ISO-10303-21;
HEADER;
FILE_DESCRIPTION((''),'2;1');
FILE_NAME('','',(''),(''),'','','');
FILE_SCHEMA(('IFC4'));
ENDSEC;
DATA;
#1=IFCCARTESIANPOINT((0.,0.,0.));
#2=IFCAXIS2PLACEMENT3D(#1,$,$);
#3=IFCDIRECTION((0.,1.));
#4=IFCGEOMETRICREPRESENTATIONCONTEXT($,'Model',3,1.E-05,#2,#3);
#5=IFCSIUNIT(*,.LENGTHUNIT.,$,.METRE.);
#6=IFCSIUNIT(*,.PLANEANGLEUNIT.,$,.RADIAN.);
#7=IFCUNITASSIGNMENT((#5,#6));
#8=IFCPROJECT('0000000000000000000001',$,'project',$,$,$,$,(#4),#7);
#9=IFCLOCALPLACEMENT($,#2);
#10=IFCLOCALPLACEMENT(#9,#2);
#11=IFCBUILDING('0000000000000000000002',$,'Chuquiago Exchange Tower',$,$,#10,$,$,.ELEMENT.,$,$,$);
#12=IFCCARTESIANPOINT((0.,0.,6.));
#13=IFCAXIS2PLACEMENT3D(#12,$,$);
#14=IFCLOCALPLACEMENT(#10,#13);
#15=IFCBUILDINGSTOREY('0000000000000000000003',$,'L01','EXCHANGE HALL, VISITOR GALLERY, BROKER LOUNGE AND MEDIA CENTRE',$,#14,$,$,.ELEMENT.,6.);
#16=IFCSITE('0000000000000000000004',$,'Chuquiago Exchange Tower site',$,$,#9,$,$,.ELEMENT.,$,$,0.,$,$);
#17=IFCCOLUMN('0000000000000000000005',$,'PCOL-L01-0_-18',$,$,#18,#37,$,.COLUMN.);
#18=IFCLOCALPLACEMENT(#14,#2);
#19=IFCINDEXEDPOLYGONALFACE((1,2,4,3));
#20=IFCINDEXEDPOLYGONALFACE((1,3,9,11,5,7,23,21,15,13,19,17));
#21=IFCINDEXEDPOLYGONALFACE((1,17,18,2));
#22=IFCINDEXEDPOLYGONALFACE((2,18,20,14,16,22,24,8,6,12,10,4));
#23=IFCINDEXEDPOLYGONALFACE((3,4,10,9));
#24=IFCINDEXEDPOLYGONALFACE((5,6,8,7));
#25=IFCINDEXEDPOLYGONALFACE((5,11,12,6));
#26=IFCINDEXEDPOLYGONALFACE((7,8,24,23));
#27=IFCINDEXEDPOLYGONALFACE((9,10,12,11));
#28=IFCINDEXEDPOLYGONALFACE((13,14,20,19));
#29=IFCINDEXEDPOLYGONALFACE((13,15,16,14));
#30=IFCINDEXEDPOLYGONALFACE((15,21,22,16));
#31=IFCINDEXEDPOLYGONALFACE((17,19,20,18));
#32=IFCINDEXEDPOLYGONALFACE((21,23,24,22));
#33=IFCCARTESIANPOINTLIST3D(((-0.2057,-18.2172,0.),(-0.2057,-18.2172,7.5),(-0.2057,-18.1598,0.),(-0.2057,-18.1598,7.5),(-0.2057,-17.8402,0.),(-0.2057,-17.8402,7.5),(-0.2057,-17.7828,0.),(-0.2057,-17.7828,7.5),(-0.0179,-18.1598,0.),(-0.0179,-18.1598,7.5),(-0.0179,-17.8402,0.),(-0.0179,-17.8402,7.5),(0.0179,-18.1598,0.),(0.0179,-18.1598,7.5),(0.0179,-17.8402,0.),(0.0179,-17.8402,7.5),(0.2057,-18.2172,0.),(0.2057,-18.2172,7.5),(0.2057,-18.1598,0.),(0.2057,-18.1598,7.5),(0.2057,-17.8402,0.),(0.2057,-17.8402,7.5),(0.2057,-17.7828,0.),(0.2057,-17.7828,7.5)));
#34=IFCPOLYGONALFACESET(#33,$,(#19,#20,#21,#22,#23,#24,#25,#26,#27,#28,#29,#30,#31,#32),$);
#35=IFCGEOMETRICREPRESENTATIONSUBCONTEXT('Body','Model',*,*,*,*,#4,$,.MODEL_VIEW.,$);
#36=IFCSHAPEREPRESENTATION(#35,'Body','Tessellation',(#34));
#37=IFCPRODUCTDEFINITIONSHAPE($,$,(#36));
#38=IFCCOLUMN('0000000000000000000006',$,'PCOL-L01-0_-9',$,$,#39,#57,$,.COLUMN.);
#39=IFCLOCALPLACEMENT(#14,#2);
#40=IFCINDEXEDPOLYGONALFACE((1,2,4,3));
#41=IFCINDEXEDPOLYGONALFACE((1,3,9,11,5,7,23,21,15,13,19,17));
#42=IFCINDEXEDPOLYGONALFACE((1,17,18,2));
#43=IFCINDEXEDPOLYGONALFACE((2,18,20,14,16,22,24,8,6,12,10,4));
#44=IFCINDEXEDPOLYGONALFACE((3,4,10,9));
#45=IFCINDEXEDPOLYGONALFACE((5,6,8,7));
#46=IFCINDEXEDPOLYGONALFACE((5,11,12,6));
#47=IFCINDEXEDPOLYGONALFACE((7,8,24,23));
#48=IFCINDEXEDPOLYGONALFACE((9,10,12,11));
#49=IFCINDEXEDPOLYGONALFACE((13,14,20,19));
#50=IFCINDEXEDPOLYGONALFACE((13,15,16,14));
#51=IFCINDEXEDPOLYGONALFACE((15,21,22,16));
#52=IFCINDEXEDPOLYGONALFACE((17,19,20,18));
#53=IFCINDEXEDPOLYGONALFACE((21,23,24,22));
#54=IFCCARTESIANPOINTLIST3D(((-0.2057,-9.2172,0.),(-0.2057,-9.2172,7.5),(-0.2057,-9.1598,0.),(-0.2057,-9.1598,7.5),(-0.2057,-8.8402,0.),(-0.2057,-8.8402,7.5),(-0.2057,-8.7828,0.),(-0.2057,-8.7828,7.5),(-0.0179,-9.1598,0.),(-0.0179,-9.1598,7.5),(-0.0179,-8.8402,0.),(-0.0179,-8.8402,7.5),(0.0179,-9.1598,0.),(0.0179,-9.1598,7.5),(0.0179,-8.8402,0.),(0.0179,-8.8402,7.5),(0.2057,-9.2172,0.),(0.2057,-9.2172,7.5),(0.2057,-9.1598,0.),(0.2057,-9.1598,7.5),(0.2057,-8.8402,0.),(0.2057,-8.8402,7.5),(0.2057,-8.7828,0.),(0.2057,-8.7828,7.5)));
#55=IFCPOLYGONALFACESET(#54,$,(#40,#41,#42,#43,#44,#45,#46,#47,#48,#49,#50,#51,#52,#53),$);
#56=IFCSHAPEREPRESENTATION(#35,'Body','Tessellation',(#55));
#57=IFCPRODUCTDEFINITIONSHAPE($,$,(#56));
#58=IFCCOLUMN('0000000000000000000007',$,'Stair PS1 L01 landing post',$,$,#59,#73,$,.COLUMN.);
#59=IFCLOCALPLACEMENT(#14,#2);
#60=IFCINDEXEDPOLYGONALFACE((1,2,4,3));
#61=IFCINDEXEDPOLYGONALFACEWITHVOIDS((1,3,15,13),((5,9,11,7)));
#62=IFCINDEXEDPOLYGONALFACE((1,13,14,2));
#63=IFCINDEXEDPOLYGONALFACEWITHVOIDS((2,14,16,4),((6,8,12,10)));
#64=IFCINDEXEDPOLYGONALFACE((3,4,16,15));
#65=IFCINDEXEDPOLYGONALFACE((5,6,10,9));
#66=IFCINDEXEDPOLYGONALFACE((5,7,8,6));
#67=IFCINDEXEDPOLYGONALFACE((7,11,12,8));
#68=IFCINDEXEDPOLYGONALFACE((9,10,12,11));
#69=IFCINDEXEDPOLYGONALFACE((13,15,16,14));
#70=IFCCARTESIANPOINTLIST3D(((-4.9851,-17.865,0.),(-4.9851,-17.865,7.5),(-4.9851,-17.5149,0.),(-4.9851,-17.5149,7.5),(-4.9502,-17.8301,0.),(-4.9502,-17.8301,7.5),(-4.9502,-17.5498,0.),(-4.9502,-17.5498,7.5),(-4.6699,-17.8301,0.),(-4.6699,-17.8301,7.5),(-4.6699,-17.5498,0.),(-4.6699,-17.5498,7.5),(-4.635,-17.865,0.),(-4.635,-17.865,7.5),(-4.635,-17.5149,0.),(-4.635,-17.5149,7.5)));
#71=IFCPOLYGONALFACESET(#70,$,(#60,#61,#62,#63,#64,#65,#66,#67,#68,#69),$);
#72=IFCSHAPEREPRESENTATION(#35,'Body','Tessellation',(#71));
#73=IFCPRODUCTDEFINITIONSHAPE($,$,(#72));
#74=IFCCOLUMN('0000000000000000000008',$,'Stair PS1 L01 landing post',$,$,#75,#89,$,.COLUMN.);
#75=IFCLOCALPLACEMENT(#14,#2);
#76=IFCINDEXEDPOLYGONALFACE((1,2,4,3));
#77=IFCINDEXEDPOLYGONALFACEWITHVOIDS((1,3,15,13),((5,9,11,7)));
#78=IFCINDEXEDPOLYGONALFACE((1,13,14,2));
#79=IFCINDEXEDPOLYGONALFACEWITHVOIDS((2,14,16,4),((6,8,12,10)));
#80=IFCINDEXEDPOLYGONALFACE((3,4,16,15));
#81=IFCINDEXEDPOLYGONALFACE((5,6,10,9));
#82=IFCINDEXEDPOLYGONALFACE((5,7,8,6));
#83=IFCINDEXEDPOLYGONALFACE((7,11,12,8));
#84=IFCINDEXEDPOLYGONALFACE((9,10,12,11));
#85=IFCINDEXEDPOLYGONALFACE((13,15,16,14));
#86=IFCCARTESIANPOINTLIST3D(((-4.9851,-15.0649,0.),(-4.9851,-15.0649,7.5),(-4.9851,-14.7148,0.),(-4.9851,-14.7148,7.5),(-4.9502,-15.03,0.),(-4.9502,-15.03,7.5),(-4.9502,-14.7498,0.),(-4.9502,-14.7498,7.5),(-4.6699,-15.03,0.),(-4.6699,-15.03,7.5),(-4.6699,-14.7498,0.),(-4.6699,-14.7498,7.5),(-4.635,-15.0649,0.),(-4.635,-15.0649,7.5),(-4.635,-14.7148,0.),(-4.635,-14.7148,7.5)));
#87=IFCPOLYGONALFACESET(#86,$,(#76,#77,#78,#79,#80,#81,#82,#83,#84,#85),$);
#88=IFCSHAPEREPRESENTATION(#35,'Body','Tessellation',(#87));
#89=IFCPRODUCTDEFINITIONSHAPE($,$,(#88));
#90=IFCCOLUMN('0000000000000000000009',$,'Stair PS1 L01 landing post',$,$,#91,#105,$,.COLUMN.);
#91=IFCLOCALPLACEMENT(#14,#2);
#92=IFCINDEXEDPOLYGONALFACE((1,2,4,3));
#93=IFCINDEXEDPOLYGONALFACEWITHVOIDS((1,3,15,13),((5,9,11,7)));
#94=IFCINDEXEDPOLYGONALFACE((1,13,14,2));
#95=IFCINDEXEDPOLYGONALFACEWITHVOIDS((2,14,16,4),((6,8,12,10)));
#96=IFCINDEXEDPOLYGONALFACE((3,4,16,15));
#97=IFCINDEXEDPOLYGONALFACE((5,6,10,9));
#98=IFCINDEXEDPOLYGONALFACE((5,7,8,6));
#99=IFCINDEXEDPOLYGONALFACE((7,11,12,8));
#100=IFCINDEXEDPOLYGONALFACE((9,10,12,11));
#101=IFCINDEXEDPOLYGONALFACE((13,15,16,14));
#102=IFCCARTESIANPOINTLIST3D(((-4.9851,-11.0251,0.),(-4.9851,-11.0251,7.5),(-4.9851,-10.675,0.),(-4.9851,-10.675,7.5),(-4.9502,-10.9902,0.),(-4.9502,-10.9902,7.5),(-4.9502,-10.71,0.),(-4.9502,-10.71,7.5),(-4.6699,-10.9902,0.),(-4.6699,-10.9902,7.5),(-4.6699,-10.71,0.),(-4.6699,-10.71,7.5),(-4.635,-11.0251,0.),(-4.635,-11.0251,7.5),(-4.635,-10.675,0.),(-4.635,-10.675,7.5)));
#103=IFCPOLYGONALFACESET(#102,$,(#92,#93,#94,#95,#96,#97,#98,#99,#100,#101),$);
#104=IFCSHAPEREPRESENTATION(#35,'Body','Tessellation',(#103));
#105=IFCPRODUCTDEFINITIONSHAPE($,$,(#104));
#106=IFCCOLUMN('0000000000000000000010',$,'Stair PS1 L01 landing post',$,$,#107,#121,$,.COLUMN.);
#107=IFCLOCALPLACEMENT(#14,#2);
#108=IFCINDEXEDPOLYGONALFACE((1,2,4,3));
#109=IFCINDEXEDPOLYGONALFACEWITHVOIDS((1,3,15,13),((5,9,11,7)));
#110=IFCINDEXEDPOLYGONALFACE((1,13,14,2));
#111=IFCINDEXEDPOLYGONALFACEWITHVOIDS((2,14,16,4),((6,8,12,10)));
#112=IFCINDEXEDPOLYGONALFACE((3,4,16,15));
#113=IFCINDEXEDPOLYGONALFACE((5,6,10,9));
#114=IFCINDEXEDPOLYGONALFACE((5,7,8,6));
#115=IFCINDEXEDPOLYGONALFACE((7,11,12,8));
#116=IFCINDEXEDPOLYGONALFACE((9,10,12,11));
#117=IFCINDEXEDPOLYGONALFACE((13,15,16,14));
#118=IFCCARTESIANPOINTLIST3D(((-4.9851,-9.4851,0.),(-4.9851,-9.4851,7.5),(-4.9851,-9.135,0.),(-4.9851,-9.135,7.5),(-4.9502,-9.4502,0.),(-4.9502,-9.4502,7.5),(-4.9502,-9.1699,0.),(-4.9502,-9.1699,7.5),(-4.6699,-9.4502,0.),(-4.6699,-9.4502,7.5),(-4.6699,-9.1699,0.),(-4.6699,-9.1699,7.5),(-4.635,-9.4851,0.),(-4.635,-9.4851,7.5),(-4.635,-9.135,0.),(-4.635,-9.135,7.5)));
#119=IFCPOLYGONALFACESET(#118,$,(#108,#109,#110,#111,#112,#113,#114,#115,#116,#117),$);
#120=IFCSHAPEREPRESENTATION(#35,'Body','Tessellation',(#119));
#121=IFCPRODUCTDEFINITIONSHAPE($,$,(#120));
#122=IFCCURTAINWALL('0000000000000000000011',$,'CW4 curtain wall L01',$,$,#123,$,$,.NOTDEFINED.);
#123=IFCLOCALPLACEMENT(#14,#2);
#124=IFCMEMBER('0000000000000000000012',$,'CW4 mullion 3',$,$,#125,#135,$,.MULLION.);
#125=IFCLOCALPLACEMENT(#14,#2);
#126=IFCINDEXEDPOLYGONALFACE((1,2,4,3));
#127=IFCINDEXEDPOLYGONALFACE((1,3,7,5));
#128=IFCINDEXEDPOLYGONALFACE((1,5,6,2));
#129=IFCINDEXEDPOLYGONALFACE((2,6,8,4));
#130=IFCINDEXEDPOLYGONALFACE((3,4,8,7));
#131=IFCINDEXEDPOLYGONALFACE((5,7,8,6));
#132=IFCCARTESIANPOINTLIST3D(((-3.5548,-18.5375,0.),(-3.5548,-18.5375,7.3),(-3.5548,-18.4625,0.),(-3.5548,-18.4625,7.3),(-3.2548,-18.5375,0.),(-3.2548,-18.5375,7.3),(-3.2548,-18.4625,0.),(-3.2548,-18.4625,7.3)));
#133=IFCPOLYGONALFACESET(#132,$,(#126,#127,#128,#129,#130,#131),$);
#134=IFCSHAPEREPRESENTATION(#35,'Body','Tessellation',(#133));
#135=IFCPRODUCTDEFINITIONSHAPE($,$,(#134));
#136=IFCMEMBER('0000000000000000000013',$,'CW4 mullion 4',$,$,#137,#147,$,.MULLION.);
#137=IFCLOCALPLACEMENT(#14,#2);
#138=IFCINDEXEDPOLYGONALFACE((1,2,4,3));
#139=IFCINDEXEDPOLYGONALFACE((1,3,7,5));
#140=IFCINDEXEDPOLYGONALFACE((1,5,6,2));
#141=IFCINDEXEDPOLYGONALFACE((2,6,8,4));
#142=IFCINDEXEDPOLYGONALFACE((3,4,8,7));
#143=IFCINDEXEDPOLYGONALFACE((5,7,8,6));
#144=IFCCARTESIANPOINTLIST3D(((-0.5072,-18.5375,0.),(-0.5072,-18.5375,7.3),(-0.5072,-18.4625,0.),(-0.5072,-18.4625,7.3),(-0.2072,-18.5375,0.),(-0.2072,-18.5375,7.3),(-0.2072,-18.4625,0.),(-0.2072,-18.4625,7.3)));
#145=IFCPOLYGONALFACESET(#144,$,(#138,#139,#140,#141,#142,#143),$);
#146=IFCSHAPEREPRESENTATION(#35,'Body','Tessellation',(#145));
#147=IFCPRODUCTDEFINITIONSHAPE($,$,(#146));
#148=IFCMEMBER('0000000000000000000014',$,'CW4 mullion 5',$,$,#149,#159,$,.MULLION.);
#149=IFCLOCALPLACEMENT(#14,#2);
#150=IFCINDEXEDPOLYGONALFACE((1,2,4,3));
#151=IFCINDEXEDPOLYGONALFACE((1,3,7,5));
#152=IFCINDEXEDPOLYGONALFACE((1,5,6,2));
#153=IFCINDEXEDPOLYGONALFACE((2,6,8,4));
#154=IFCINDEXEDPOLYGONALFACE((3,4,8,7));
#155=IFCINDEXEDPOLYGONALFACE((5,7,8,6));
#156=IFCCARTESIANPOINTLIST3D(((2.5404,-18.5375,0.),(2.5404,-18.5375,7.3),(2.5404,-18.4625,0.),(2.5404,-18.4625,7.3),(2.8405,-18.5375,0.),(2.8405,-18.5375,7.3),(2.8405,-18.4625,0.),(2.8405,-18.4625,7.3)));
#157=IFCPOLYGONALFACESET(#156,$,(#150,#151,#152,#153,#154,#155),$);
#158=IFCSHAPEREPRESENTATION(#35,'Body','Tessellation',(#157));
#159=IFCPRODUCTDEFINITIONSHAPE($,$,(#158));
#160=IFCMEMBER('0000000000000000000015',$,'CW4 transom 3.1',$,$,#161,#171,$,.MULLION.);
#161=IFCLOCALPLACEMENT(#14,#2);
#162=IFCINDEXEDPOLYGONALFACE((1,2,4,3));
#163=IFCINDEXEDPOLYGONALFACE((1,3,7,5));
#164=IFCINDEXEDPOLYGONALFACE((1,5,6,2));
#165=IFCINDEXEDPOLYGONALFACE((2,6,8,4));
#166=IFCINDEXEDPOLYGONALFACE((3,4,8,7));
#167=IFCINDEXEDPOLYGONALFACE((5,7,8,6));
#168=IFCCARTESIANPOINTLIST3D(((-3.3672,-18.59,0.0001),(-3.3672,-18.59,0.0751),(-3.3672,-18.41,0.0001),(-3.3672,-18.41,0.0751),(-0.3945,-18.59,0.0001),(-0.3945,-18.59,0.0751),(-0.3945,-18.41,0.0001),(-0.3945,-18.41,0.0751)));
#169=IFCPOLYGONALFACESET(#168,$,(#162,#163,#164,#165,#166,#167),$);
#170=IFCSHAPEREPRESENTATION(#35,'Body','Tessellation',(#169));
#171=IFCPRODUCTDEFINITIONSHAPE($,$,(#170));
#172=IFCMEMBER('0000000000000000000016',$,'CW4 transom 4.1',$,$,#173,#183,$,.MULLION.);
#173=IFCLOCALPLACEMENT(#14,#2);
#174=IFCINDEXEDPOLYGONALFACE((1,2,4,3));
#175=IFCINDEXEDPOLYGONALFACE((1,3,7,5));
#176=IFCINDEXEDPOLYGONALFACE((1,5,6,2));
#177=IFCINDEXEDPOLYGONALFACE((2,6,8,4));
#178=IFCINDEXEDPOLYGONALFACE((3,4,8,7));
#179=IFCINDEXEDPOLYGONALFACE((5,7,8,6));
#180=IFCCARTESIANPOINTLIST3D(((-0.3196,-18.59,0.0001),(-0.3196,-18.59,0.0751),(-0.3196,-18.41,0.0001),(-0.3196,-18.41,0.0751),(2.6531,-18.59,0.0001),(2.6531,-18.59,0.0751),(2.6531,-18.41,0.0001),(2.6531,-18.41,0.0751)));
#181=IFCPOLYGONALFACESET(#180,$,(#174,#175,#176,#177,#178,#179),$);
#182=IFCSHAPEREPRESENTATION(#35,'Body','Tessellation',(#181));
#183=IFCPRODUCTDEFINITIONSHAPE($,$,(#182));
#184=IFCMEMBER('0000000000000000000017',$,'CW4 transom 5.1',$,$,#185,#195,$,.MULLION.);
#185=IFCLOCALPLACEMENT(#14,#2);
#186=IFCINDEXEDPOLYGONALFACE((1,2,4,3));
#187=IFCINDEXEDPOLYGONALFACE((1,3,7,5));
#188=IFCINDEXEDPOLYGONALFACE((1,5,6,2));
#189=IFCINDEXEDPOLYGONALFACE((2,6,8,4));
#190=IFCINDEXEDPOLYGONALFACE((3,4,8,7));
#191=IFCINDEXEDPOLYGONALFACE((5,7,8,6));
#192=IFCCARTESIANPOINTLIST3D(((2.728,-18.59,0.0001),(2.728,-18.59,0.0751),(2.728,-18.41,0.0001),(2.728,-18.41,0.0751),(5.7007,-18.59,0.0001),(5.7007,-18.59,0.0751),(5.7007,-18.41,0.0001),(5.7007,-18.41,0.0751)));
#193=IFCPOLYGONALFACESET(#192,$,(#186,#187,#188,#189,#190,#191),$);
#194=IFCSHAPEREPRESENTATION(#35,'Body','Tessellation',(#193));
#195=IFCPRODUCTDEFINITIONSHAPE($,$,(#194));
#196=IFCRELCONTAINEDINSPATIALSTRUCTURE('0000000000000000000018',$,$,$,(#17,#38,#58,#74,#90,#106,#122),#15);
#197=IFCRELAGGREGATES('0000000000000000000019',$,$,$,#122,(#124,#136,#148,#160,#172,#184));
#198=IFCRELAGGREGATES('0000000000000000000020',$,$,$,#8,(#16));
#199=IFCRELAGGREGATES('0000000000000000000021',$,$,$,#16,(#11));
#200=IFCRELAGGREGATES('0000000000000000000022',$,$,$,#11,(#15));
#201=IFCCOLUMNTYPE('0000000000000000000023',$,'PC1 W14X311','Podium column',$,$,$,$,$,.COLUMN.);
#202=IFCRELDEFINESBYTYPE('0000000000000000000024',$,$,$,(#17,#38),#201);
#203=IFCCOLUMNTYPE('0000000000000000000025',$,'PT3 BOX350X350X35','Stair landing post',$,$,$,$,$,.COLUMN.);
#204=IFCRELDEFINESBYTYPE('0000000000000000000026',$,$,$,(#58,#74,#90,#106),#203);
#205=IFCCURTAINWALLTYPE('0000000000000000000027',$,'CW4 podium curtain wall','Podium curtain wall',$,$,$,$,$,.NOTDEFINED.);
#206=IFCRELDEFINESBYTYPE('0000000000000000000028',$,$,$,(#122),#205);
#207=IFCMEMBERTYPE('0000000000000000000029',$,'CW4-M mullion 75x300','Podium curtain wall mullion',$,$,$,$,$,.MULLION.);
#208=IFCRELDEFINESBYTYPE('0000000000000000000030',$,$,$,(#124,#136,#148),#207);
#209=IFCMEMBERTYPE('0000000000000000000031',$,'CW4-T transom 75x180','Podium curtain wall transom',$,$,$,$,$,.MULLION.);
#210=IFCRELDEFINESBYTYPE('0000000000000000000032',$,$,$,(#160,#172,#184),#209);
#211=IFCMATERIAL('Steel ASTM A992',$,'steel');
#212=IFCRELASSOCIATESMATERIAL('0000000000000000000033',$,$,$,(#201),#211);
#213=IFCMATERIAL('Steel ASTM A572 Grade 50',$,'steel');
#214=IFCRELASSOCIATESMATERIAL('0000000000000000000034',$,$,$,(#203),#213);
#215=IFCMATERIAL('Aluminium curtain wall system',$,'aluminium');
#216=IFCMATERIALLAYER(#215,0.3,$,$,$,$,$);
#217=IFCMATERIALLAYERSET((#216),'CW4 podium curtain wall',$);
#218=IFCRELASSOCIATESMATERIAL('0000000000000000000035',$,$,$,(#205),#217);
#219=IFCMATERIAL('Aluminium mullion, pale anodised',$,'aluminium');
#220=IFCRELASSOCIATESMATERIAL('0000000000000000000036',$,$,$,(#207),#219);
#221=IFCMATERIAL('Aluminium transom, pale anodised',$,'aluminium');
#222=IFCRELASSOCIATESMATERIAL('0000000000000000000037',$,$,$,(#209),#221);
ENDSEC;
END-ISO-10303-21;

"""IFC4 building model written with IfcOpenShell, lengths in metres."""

from ifc_helpers import new_model, si_unit, direction, frame, origin, origin_2d, place, context, subcontext, project, spatial, rectangle, hollow_rectangle, i_section, extrude, material, layer, layer_set, material_profile, profile_set, type_object, element, aggregate, save


model = new_model("IFC4")

# Units and contexts
model_context = context("Model", 3, precision=1e-05, world=origin(), true_north=direction((0.0, 1.0)))
body_context = subcontext(model_context, "Body", "Model", "MODEL_VIEW")
ifc_project = project(units=[si_unit("LENGTHUNIT", "METRE"), si_unit("PLANEANGLEUNIT", "RADIAN")], contexts=[model_context])

# Site, building, storey
site_placement = place(None, origin())
site = spatial("IfcSite", under=ifc_project, at=site_placement, Name="Chuquiago Exchange Tower site", CompositionType="ELEMENT", RefElevation=0.0)
building_placement = place(site_placement, origin())
building = spatial("IfcBuilding", under=site, at=building_placement, Name="Chuquiago Exchange Tower", CompositionType="ELEMENT")
storey_placement = place(building_placement, frame((0.0, 0.0, 6.0)))
storey = spatial("IfcBuildingStorey", under=building, at=storey_placement, Name="L01", Description="EXCHANGE HALL, VISITOR GALLERY, BROKER LOUNGE AND MEDIA CENTRE", CompositionType="ELEMENT", Elevation=6.0)

# Columns
ifc_material_1 = material(Name="Steel ASTM A992", Category="steel")
ifc_material_profile_1 = material_profile(ifc_material_1, i_section(OverallWidth=0.4114, OverallDepth=0.4343, WebThickness=0.0359, FlangeThickness=0.0574, at=origin_2d()), Name="W14X311")
ifc_profile_set_1 = profile_set([ifc_material_profile_1], Name="Steel ASTM A992")
column_type_1 = type_object("IfcColumnType", Name="PC1 W14X311", Description="Podium column", PredefinedType="COLUMN", material=ifc_profile_set_1)
for number, where, z_axis, x_axis, name in (
    (1, (0.0, -18.0, 0.0), (0.0, 0.0, 1.0), (1.0, 0.0, 0.0), "PCOL-L01-0_-18"),
    (2, (0.0, -9.0, 0.0), (0.0, 0.0, 1.0), (1.0, 0.0, 0.0), "PCOL-L01-0_-9"),
):
    element("IfcColumn", number, at=place(storey_placement, frame(where, z_axis=z_axis, x_axis=x_axis)), inside=storey, type_object=column_type_1, Name=name, PredefinedType="COLUMN", context=body_context, shape_type="SweptSolid", body=[
        extrude(i_section(OverallWidth=0.4114, OverallDepth=0.4343, WebThickness=0.0359, FlangeThickness=0.0574, at=origin_2d()), origin(), (0.0, 0.0, 1.0), 7.5),
    ])
ifc_material_2 = material(Name="Steel ASTM A572 Grade 50", Category="steel")
ifc_material_profile_2 = material_profile(ifc_material_2, hollow_rectangle(XDim=0.3501, YDim=0.3501, WallThickness=0.0349, at=origin_2d()), Name="BOX350X350X35")
ifc_profile_set_2 = profile_set([ifc_material_profile_2], Name="Steel ASTM A572 Grade 50")
column_type_2 = type_object("IfcColumnType", Name="PT3 BOX350X350X35", Description="Stair landing post", PredefinedType="COLUMN", material=ifc_profile_set_2)
for number, where, z_axis, x_axis, name in (
    (3, (-4.8101, -17.6899, 0.0), (0.0, 0.0, 1.0), (1.0, 0.0, 0.0), "Stair PS1 L01 landing post"),
    (4, (-4.8101, -14.8899, 0.0), (0.0, 0.0, 1.0), (1.0, 0.0, 0.0), "Stair PS1 L01 landing post"),
    (5, (-4.8101, -10.8501, 0.0), (0.0, 0.0, 1.0), (1.0, 0.0, 0.0), "Stair PS1 L01 landing post"),
    (6, (-4.8101, -9.3101, 0.0), (0.0, 0.0, 1.0), (1.0, 0.0, 0.0), "Stair PS1 L01 landing post"),
):
    element("IfcColumn", number, at=place(storey_placement, frame(where, z_axis=z_axis, x_axis=x_axis)), inside=storey, type_object=column_type_2, Name=name, PredefinedType="COLUMN", context=body_context, shape_type="SweptSolid", body=[
        extrude(hollow_rectangle(XDim=0.3501, YDim=0.3501, WallThickness=0.0349, at=origin_2d()), origin(), (0.0, 0.0, 1.0), 7.5),
    ])

# Curtain wall, members
ifc_material_3 = material(Name="Aluminium curtain wall system", Category="aluminium")
ifc_layer_1 = layer(ifc_material_3, 0.3)
ifc_layer_set_1 = layer_set([ifc_layer_1], Name="CW4 podium curtain wall")
curtain_wall_type = type_object("IfcCurtainWallType", Name="CW4 podium curtain wall", Description="Podium curtain wall", PredefinedType="NOTDEFINED", material=ifc_layer_set_1)
curtain_wall_placement = place(storey_placement, origin())
curtain_wall = element("IfcCurtainWall", 7, at=curtain_wall_placement, inside=storey, type_object=curtain_wall_type, Name="CW4 curtain wall L01", PredefinedType="NOTDEFINED")
ifc_material_4 = material(Name="Aluminium mullion, pale anodised", Category="aluminium")
ifc_material_profile_3 = material_profile(ifc_material_4, rectangle(XDim=0.075, YDim=0.3, at=origin_2d()), Name="AL 75x300")
ifc_profile_set_3 = profile_set([ifc_material_profile_3], Name="Aluminium mullion, pale anodised")
member_type_1 = type_object("IfcMemberType", Name="CW4-M mullion 75x300", Description="Podium curtain wall mullion", PredefinedType="MULLION", material=ifc_profile_set_3)
member_1_placement = place(storey_placement, frame((-3.4048, -18.5, 0.0), z_axis=(0.0, 0.0, 1.0), x_axis=(0.0, 1.0, 0.0)))
member_1 = element("IfcMember", 8, at=member_1_placement, type_object=member_type_1, Name="CW4 mullion 3", PredefinedType="MULLION", context=body_context, shape_type="SweptSolid", body=[
    extrude(rectangle(XDim=0.075, YDim=0.3, at=origin_2d()), origin(), (0.0, 0.0, 1.0), 7.3),
])
member_2_placement = place(storey_placement, frame((-0.3572, -18.5, 0.0), z_axis=(0.0, 0.0, 1.0), x_axis=(0.0, 1.0, 0.0)))
member_2 = element("IfcMember", 9, at=member_2_placement, type_object=member_type_1, Name="CW4 mullion 4", PredefinedType="MULLION", context=body_context, shape_type="SweptSolid", body=[
    extrude(rectangle(XDim=0.075, YDim=0.3, at=origin_2d()), origin(), (0.0, 0.0, 1.0), 7.3),
])
member_3_placement = place(storey_placement, frame((2.6904, -18.5, 0.0), z_axis=(0.0, 0.0, 1.0), x_axis=(0.0, 1.0, 0.0)))
member_3 = element("IfcMember", 10, at=member_3_placement, type_object=member_type_1, Name="CW4 mullion 5", PredefinedType="MULLION", context=body_context, shape_type="SweptSolid", body=[
    extrude(rectangle(XDim=0.075, YDim=0.3, at=origin_2d()), origin(), (0.0, 0.0, 1.0), 7.3),
])
ifc_material_5 = material(Name="Aluminium transom, pale anodised", Category="aluminium")
ifc_material_profile_4 = material_profile(ifc_material_5, rectangle(XDim=0.1799, YDim=0.075, at=origin_2d()), Name="AL 180x75")
ifc_profile_set_4 = profile_set([ifc_material_profile_4], Name="Aluminium transom, pale anodised")
member_type_2 = type_object("IfcMemberType", Name="CW4-T transom 75x180", Description="Podium curtain wall transom", PredefinedType="MULLION", material=ifc_profile_set_4)
member_4_placement = place(storey_placement, frame((-3.3672, -18.5, 0.0376), z_axis=(1.0, 0.0, 0.0), x_axis=(0.0, 1.0, 0.0)))
member_4 = element("IfcMember", 11, at=member_4_placement, type_object=member_type_2, Name="CW4 transom 3.1", PredefinedType="MULLION", context=body_context, shape_type="SweptSolid", body=[
    extrude(rectangle(XDim=0.1799, YDim=0.075, at=origin_2d()), origin(), (0.0, 0.0, 1.0), 2.9727),
])
member_5_placement = place(storey_placement, frame((-0.3196, -18.5, 0.0376), z_axis=(1.0, 0.0, 0.0), x_axis=(0.0, 1.0, 0.0)))
member_5 = element("IfcMember", 12, at=member_5_placement, type_object=member_type_2, Name="CW4 transom 4.1", PredefinedType="MULLION", context=body_context, shape_type="SweptSolid", body=[
    extrude(rectangle(XDim=0.1799, YDim=0.075, at=origin_2d()), origin(), (0.0, 0.0, 1.0), 2.9727),
])
member_6_placement = place(storey_placement, frame((2.728, -18.5, 0.0376), z_axis=(1.0, 0.0, 0.0), x_axis=(0.0, 1.0, 0.0)))
member_6 = element("IfcMember", 13, at=member_6_placement, type_object=member_type_2, Name="CW4 transom 5.1", PredefinedType="MULLION", context=body_context, shape_type="SweptSolid", body=[
    extrude(rectangle(XDim=0.1799, YDim=0.075, at=origin_2d()), origin(), (0.0, 0.0, 1.0), 2.9727),
])

aggregate(curtain_wall, [member_1, member_2, member_3, member_4, member_5, member_6])

save(model, "model.ifc")
